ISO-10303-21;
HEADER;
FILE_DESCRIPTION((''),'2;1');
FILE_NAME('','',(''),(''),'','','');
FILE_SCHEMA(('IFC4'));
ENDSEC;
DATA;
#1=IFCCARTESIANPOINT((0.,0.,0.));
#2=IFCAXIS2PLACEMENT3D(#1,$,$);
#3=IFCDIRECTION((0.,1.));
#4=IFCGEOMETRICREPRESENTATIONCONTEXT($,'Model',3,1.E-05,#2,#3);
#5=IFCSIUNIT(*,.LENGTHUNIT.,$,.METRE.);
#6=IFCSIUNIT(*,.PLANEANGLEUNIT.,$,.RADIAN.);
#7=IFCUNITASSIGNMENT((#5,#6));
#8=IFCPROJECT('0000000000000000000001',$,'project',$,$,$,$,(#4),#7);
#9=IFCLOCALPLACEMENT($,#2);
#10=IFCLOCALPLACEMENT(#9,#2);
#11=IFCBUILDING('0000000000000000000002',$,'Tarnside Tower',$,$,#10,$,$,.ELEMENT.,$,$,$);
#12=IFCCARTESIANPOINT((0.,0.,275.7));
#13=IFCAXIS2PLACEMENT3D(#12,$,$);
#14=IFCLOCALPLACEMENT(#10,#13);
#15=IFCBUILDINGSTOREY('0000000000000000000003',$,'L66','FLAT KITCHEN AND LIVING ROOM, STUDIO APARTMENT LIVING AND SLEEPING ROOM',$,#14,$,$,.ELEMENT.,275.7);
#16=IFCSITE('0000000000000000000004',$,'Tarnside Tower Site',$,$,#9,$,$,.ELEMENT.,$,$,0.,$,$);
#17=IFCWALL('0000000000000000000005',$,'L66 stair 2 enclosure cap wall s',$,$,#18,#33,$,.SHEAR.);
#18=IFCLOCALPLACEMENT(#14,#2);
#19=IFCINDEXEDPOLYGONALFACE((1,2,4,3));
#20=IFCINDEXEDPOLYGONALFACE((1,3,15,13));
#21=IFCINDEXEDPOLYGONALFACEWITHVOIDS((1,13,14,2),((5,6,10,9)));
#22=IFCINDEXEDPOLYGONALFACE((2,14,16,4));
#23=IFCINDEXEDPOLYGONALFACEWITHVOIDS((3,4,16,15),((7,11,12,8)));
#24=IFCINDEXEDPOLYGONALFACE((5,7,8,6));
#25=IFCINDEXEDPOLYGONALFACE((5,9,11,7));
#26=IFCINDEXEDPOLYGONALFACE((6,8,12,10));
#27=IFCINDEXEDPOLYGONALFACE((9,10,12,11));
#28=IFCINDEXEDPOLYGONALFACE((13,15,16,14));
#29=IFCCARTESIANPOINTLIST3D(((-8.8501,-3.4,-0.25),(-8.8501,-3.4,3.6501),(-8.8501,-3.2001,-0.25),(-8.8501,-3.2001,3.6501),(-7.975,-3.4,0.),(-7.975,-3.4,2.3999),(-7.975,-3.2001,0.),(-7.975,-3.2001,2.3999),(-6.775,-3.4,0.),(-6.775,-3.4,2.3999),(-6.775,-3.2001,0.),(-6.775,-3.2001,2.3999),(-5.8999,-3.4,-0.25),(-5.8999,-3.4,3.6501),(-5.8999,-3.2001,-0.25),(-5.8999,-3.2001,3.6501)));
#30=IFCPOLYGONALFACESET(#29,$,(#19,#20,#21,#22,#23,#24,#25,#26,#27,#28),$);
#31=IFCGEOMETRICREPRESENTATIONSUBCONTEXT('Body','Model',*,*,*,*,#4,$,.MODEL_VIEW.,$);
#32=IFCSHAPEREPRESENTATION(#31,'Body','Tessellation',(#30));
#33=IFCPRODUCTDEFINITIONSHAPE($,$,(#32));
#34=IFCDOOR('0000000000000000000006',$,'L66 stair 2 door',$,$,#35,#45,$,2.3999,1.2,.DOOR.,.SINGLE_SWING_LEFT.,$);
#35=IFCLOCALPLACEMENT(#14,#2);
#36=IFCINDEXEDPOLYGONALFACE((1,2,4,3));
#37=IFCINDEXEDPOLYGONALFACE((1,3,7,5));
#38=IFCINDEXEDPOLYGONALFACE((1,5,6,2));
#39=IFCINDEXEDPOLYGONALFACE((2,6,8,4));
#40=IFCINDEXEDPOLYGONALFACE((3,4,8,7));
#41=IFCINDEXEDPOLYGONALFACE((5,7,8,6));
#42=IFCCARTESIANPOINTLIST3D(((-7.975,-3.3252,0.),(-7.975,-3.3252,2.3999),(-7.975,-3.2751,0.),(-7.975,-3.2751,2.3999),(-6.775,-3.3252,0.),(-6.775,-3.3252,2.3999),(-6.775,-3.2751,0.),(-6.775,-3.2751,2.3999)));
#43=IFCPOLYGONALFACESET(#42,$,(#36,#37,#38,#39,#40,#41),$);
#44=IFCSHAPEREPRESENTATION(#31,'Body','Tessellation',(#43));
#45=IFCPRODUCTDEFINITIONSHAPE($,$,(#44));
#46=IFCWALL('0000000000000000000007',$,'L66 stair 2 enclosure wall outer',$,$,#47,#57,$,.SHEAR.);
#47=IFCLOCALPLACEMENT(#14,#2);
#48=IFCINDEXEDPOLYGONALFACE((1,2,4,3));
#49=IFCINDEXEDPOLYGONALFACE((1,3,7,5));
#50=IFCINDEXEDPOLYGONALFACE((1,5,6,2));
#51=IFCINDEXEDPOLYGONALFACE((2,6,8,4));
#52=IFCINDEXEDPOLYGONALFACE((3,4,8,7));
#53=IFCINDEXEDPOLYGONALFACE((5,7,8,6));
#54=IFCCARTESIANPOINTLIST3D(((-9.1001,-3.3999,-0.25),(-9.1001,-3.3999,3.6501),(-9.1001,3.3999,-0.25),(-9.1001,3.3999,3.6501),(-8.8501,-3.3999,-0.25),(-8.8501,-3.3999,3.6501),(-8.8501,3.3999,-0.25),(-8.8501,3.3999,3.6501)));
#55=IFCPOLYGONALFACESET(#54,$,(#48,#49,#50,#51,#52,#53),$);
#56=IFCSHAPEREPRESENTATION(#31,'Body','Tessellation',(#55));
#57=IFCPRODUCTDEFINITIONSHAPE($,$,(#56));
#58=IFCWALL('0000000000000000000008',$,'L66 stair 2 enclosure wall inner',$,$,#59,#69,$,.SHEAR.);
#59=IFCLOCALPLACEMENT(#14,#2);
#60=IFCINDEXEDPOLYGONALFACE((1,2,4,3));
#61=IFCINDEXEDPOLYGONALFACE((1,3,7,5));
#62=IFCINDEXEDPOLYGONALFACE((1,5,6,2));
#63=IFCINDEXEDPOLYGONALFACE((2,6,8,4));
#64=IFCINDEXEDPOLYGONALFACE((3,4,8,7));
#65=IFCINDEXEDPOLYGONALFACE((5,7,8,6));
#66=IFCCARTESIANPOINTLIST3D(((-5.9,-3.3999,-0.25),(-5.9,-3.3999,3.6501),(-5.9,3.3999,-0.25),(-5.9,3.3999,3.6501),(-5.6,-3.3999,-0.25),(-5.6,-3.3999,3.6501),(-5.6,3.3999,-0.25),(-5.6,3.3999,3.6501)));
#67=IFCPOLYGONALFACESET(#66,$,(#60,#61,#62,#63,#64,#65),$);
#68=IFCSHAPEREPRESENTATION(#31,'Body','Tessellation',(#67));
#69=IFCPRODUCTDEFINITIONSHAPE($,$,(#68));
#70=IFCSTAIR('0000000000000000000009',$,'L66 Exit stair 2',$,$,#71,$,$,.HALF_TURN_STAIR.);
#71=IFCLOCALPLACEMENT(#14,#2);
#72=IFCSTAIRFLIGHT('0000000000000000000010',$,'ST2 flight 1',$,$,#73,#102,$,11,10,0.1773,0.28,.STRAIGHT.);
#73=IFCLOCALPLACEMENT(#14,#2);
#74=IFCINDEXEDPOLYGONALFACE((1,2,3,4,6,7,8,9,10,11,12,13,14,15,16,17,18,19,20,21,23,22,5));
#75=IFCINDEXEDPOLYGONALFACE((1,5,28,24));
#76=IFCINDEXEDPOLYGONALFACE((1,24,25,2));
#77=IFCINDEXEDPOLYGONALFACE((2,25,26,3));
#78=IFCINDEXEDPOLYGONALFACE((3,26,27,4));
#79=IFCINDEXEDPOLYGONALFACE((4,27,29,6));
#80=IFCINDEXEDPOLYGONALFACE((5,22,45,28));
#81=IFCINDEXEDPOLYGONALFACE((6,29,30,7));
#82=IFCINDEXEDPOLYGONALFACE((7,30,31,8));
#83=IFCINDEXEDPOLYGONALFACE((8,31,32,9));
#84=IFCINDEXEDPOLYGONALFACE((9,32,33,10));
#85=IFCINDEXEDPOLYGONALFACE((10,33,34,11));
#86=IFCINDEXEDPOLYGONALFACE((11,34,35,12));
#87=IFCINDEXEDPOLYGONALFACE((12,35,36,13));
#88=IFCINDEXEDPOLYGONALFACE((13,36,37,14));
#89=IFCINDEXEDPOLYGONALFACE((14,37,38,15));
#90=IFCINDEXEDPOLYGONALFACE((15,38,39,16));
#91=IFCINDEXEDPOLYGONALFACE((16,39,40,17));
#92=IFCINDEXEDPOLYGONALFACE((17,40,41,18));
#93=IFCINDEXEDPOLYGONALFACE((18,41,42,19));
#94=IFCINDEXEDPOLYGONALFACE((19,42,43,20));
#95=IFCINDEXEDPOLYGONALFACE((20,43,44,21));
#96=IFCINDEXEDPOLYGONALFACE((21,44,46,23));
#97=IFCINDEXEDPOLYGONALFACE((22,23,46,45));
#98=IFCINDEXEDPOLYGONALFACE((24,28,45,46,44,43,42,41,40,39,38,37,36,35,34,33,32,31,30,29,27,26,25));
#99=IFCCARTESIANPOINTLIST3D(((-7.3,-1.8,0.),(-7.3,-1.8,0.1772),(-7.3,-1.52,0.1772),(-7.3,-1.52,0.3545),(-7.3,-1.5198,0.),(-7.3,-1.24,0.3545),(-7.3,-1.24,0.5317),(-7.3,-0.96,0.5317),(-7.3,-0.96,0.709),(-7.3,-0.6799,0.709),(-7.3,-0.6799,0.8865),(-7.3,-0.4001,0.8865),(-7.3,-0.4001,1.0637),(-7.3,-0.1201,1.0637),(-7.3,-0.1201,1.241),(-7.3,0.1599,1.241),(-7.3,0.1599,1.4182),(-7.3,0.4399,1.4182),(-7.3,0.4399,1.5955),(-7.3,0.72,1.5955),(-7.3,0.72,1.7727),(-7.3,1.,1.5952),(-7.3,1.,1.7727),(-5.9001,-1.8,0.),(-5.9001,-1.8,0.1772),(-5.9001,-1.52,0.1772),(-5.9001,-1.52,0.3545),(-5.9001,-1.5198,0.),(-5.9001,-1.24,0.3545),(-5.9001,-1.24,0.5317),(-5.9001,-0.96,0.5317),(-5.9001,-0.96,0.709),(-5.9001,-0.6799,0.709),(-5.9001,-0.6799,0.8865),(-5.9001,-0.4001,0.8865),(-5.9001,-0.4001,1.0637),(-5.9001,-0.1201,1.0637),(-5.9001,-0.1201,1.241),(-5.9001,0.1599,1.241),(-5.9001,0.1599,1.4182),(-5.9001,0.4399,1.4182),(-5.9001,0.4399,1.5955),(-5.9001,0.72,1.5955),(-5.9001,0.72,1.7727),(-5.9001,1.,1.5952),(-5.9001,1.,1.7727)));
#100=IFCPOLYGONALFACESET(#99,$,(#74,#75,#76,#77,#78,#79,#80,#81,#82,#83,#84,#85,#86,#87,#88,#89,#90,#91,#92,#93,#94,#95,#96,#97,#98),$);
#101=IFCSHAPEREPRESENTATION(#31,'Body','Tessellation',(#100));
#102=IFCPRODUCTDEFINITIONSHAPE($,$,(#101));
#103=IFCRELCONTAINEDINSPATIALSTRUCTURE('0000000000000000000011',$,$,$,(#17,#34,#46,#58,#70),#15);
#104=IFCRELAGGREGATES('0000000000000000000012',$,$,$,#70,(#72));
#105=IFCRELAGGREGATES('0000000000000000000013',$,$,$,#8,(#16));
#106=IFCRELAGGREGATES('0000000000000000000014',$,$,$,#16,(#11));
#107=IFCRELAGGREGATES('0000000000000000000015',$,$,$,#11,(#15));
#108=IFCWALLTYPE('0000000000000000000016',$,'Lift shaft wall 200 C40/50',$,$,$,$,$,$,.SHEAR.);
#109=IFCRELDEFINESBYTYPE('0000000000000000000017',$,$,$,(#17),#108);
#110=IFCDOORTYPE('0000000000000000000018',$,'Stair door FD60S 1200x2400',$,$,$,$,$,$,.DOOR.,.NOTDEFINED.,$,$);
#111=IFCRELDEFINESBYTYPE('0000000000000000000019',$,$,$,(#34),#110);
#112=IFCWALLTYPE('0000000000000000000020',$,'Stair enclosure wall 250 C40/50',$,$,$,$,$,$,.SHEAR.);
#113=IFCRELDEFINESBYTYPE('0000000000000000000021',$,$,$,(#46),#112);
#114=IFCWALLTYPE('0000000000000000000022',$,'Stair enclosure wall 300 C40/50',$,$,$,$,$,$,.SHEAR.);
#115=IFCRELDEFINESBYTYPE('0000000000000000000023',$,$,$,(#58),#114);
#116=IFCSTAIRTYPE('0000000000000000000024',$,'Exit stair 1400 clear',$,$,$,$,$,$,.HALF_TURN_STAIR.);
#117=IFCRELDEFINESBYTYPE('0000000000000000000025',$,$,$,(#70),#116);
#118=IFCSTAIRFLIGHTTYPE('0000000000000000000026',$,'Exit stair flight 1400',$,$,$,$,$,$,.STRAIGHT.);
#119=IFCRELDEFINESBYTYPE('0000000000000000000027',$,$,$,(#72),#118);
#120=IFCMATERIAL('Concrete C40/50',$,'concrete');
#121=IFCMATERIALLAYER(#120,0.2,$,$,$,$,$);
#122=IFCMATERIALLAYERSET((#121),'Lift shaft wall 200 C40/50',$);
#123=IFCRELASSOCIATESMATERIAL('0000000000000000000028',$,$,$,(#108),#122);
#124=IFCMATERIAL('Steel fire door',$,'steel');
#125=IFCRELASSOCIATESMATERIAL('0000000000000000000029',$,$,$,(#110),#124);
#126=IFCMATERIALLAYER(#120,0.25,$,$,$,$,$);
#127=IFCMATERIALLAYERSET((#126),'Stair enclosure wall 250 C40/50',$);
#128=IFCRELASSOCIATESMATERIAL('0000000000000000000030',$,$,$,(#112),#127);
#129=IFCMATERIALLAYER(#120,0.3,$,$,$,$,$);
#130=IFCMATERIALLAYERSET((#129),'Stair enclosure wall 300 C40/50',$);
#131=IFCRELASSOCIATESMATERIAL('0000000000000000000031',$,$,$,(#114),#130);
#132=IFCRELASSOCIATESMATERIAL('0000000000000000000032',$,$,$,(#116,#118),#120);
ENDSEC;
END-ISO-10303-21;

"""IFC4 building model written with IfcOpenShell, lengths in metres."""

from ifc_helpers import new_model, si_unit, direction, frame, frame_2d, origin, place, context, subcontext, project, spatial, polyline, rectangle, outline, extrude, material, layer, layer_set, type_object, element, fill, aggregate, save


model = new_model("IFC4")

# Units and contexts
model_context = context("Model", 3, precision=1e-05, world=origin(), true_north=direction((0.0, 1.0)))
body_context = subcontext(model_context, "Body", "Model", "MODEL_VIEW")
ifc_project = project(units=[si_unit("LENGTHUNIT", "METRE"), si_unit("PLANEANGLEUNIT", "RADIAN")], contexts=[model_context])

# Site, building, storey
site_placement = place(None, origin())
site = spatial("IfcSite", under=ifc_project, at=site_placement, Name="Tarnside Tower Site", CompositionType="ELEMENT", RefElevation=0.0)
building_placement = place(site_placement, origin())
building = spatial("IfcBuilding", under=site, at=building_placement, Name="Tarnside Tower", CompositionType="ELEMENT")
storey_placement = place(building_placement, frame((0.0, 0.0, 275.7)))
storey = spatial("IfcBuildingStorey", under=building, at=storey_placement, Name="L66", Description="FLAT KITCHEN AND LIVING ROOM, STUDIO APARTMENT LIVING AND SLEEPING ROOM", CompositionType="ELEMENT", Elevation=275.7)

# Shared definitions
ifc_material_1 = material(Name="Concrete C40/50", Category="concrete")

# Shared definitions
ifc_material_2 = material(Name="Steel fire door", Category="steel")

# Shared definitions
ifc_layer_1 = layer(ifc_material_1, 0.2)
ifc_layer_set_1 = layer_set([ifc_layer_1], Name="Lift shaft wall 200 C40/50")
wall_type_1 = type_object("IfcWallType", Name="Lift shaft wall 200 C40/50", PredefinedType="SHEAR", material=ifc_layer_set_1)

# Wall, opening, door
wall_1_placement = place(storey_placement, frame((-8.8501, -3.3, -0.25), z_axis=(0.0, 0.0, 1.0), x_axis=(1.0, 0.0, 0.0)))
wall_1 = element("IfcWall", 1, at=wall_1_placement, inside=storey, type_object=wall_type_1, Name="L66 stair 2 enclosure cap wall s", PredefinedType="SHEAR", context=body_context, shape_type="SweptSolid", body=[
    extrude(rectangle(XDim=2.9502, YDim=0.2, at=frame_2d((1.4751, 0.0))), origin(), (0.0, 0.0, 1.0), 3.9001),
])
opening_1_placement = place(wall_1_placement, frame((0.875, 0.0, 0.25)))
opening_1 = element("IfcOpeningElement", 2, at=opening_1_placement, cuts=wall_1, PredefinedType="OPENING", context=body_context, shape_type="SweptSolid", body=[
    extrude(rectangle(XDim=1.2, YDim=2.3999, at=frame_2d((0.6001, 1.2))), frame((0.0, 0.1099, 0.0), z_axis=(0.0, -1.0, 0.0), x_axis=(1.0, 0.0, 0.0)), (0.0, 0.0, 1.0), 0.22),
])
door_type_1 = type_object("IfcDoorType", Name="Stair door FD60S 1200x2400", OperationType="NOTDEFINED", PredefinedType="DOOR", material=ifc_material_2)
door_1_placement = place(opening_1_placement, origin())
door_1 = element("IfcDoor", 3, at=door_1_placement, inside=storey, type_object=door_type_1, Name="L66 stair 2 door", OperationType="SINGLE_SWING_LEFT", OverallHeight=2.3999, OverallWidth=1.2, PredefinedType="DOOR", context=body_context, shape_type="SweptSolid", body=[
    extrude(rectangle(XDim=1.2, YDim=2.3999, at=frame_2d((0.6001, 1.2))), frame((0.0, 0.0249, 0.0), z_axis=(0.0, -1.0, 0.0), x_axis=(1.0, 0.0, 0.0)), (0.0, 0.0, 1.0), 0.05),
])
fill(opening_1, door_1)

# Walls
ifc_layer_2 = layer(ifc_material_1, 0.25)
ifc_layer_set_2 = layer_set([ifc_layer_2], Name="Stair enclosure wall 250 C40/50")
wall_type_2 = type_object("IfcWallType", Name="Stair enclosure wall 250 C40/50", PredefinedType="SHEAR", material=ifc_layer_set_2)
wall_2_placement = place(storey_placement, frame((-8.9751, -3.3999, -0.25), z_axis=(0.0, 0.0, 1.0), x_axis=(0.0, 1.0, 0.0)))
element("IfcWall", 4, at=wall_2_placement, inside=storey, type_object=wall_type_2, Name="L66 stair 2 enclosure wall outer", PredefinedType="SHEAR", context=body_context, shape_type="SweptSolid", body=[
    extrude(rectangle(XDim=6.7998, YDim=0.25, at=frame_2d((3.3999, 0.0))), origin(), (0.0, 0.0, 1.0), 3.9001),
])
ifc_layer_3 = layer(ifc_material_1, 0.3)
ifc_layer_set_3 = layer_set([ifc_layer_3], Name="Stair enclosure wall 300 C40/50")
wall_type_3 = type_object("IfcWallType", Name="Stair enclosure wall 300 C40/50", PredefinedType="SHEAR", material=ifc_layer_set_3)
wall_3_placement = place(storey_placement, frame((-5.75, -3.3999, -0.25), z_axis=(0.0, 0.0, 1.0), x_axis=(0.0, 1.0, 0.0)))
element("IfcWall", 5, at=wall_3_placement, inside=storey, type_object=wall_type_3, Name="L66 stair 2 enclosure wall inner", PredefinedType="SHEAR", context=body_context, shape_type="SweptSolid", body=[
    extrude(rectangle(XDim=6.7998, YDim=0.3, at=frame_2d((3.3999, 0.0))), origin(), (0.0, 0.0, 1.0), 3.9001),
])

# Stair, stair flight
stair_type = type_object("IfcStairType", Name="Exit stair 1400 clear", PredefinedType="HALF_TURN_STAIR", material=ifc_material_1)
stair_placement = place(storey_placement, origin())
stair = element("IfcStair", 6, at=stair_placement, inside=storey, type_object=stair_type, Name="L66 Exit stair 2", PredefinedType="HALF_TURN_STAIR")
stair_flight_type = type_object("IfcStairFlightType", Name="Exit stair flight 1400", PredefinedType="STRAIGHT", material=ifc_material_1)
stair_flight_placement = place(storey_placement, frame((-6.6001, -1.8, 0.0), z_axis=(0.0, 0.0, 1.0), x_axis=(0.0, 1.0, 0.0)))
stair_flight = element("IfcStairFlight", 7, at=stair_flight_placement, type_object=stair_flight_type, Name="ST2 flight 1", NumberOfRisers=11, NumberOfTreads=10, PredefinedType="STRAIGHT", RiserHeight=0.1773, TreadLength=0.28, context=body_context, shape_type="SweptSolid", body=[
    extrude(outline(polyline([(0.0, 0.0), (0.0, 0.1772), (0.28, 0.1772), (0.28, 0.3545), (0.5601, 0.3545), (0.5601, 0.5317), (0.8401, 0.5317), (0.8401, 0.709), (1.1201, 0.709), (1.1201, 0.8865), (1.3999, 0.8865), (1.3999, 1.0637), (1.6799, 1.0637), (1.6799, 1.241), (1.96, 1.241), (1.96, 1.4182), (2.24, 1.4182), (2.24, 1.5955), (2.52, 1.5955), (2.52, 1.7727), (2.8, 1.7727), (2.8, 1.95), (2.8, 1.5952), (0.2803, 0.0), (0.0, 0.0)])), frame((0.0, 0.7, 0.0), z_axis=(0.0, -1.0, 0.0), x_axis=(1.0, 0.0, 0.0)), (0.0, 0.0, 1.0), 1.3999),
])
aggregate(stair, [stair_flight])

save(model, "model.ifc")
